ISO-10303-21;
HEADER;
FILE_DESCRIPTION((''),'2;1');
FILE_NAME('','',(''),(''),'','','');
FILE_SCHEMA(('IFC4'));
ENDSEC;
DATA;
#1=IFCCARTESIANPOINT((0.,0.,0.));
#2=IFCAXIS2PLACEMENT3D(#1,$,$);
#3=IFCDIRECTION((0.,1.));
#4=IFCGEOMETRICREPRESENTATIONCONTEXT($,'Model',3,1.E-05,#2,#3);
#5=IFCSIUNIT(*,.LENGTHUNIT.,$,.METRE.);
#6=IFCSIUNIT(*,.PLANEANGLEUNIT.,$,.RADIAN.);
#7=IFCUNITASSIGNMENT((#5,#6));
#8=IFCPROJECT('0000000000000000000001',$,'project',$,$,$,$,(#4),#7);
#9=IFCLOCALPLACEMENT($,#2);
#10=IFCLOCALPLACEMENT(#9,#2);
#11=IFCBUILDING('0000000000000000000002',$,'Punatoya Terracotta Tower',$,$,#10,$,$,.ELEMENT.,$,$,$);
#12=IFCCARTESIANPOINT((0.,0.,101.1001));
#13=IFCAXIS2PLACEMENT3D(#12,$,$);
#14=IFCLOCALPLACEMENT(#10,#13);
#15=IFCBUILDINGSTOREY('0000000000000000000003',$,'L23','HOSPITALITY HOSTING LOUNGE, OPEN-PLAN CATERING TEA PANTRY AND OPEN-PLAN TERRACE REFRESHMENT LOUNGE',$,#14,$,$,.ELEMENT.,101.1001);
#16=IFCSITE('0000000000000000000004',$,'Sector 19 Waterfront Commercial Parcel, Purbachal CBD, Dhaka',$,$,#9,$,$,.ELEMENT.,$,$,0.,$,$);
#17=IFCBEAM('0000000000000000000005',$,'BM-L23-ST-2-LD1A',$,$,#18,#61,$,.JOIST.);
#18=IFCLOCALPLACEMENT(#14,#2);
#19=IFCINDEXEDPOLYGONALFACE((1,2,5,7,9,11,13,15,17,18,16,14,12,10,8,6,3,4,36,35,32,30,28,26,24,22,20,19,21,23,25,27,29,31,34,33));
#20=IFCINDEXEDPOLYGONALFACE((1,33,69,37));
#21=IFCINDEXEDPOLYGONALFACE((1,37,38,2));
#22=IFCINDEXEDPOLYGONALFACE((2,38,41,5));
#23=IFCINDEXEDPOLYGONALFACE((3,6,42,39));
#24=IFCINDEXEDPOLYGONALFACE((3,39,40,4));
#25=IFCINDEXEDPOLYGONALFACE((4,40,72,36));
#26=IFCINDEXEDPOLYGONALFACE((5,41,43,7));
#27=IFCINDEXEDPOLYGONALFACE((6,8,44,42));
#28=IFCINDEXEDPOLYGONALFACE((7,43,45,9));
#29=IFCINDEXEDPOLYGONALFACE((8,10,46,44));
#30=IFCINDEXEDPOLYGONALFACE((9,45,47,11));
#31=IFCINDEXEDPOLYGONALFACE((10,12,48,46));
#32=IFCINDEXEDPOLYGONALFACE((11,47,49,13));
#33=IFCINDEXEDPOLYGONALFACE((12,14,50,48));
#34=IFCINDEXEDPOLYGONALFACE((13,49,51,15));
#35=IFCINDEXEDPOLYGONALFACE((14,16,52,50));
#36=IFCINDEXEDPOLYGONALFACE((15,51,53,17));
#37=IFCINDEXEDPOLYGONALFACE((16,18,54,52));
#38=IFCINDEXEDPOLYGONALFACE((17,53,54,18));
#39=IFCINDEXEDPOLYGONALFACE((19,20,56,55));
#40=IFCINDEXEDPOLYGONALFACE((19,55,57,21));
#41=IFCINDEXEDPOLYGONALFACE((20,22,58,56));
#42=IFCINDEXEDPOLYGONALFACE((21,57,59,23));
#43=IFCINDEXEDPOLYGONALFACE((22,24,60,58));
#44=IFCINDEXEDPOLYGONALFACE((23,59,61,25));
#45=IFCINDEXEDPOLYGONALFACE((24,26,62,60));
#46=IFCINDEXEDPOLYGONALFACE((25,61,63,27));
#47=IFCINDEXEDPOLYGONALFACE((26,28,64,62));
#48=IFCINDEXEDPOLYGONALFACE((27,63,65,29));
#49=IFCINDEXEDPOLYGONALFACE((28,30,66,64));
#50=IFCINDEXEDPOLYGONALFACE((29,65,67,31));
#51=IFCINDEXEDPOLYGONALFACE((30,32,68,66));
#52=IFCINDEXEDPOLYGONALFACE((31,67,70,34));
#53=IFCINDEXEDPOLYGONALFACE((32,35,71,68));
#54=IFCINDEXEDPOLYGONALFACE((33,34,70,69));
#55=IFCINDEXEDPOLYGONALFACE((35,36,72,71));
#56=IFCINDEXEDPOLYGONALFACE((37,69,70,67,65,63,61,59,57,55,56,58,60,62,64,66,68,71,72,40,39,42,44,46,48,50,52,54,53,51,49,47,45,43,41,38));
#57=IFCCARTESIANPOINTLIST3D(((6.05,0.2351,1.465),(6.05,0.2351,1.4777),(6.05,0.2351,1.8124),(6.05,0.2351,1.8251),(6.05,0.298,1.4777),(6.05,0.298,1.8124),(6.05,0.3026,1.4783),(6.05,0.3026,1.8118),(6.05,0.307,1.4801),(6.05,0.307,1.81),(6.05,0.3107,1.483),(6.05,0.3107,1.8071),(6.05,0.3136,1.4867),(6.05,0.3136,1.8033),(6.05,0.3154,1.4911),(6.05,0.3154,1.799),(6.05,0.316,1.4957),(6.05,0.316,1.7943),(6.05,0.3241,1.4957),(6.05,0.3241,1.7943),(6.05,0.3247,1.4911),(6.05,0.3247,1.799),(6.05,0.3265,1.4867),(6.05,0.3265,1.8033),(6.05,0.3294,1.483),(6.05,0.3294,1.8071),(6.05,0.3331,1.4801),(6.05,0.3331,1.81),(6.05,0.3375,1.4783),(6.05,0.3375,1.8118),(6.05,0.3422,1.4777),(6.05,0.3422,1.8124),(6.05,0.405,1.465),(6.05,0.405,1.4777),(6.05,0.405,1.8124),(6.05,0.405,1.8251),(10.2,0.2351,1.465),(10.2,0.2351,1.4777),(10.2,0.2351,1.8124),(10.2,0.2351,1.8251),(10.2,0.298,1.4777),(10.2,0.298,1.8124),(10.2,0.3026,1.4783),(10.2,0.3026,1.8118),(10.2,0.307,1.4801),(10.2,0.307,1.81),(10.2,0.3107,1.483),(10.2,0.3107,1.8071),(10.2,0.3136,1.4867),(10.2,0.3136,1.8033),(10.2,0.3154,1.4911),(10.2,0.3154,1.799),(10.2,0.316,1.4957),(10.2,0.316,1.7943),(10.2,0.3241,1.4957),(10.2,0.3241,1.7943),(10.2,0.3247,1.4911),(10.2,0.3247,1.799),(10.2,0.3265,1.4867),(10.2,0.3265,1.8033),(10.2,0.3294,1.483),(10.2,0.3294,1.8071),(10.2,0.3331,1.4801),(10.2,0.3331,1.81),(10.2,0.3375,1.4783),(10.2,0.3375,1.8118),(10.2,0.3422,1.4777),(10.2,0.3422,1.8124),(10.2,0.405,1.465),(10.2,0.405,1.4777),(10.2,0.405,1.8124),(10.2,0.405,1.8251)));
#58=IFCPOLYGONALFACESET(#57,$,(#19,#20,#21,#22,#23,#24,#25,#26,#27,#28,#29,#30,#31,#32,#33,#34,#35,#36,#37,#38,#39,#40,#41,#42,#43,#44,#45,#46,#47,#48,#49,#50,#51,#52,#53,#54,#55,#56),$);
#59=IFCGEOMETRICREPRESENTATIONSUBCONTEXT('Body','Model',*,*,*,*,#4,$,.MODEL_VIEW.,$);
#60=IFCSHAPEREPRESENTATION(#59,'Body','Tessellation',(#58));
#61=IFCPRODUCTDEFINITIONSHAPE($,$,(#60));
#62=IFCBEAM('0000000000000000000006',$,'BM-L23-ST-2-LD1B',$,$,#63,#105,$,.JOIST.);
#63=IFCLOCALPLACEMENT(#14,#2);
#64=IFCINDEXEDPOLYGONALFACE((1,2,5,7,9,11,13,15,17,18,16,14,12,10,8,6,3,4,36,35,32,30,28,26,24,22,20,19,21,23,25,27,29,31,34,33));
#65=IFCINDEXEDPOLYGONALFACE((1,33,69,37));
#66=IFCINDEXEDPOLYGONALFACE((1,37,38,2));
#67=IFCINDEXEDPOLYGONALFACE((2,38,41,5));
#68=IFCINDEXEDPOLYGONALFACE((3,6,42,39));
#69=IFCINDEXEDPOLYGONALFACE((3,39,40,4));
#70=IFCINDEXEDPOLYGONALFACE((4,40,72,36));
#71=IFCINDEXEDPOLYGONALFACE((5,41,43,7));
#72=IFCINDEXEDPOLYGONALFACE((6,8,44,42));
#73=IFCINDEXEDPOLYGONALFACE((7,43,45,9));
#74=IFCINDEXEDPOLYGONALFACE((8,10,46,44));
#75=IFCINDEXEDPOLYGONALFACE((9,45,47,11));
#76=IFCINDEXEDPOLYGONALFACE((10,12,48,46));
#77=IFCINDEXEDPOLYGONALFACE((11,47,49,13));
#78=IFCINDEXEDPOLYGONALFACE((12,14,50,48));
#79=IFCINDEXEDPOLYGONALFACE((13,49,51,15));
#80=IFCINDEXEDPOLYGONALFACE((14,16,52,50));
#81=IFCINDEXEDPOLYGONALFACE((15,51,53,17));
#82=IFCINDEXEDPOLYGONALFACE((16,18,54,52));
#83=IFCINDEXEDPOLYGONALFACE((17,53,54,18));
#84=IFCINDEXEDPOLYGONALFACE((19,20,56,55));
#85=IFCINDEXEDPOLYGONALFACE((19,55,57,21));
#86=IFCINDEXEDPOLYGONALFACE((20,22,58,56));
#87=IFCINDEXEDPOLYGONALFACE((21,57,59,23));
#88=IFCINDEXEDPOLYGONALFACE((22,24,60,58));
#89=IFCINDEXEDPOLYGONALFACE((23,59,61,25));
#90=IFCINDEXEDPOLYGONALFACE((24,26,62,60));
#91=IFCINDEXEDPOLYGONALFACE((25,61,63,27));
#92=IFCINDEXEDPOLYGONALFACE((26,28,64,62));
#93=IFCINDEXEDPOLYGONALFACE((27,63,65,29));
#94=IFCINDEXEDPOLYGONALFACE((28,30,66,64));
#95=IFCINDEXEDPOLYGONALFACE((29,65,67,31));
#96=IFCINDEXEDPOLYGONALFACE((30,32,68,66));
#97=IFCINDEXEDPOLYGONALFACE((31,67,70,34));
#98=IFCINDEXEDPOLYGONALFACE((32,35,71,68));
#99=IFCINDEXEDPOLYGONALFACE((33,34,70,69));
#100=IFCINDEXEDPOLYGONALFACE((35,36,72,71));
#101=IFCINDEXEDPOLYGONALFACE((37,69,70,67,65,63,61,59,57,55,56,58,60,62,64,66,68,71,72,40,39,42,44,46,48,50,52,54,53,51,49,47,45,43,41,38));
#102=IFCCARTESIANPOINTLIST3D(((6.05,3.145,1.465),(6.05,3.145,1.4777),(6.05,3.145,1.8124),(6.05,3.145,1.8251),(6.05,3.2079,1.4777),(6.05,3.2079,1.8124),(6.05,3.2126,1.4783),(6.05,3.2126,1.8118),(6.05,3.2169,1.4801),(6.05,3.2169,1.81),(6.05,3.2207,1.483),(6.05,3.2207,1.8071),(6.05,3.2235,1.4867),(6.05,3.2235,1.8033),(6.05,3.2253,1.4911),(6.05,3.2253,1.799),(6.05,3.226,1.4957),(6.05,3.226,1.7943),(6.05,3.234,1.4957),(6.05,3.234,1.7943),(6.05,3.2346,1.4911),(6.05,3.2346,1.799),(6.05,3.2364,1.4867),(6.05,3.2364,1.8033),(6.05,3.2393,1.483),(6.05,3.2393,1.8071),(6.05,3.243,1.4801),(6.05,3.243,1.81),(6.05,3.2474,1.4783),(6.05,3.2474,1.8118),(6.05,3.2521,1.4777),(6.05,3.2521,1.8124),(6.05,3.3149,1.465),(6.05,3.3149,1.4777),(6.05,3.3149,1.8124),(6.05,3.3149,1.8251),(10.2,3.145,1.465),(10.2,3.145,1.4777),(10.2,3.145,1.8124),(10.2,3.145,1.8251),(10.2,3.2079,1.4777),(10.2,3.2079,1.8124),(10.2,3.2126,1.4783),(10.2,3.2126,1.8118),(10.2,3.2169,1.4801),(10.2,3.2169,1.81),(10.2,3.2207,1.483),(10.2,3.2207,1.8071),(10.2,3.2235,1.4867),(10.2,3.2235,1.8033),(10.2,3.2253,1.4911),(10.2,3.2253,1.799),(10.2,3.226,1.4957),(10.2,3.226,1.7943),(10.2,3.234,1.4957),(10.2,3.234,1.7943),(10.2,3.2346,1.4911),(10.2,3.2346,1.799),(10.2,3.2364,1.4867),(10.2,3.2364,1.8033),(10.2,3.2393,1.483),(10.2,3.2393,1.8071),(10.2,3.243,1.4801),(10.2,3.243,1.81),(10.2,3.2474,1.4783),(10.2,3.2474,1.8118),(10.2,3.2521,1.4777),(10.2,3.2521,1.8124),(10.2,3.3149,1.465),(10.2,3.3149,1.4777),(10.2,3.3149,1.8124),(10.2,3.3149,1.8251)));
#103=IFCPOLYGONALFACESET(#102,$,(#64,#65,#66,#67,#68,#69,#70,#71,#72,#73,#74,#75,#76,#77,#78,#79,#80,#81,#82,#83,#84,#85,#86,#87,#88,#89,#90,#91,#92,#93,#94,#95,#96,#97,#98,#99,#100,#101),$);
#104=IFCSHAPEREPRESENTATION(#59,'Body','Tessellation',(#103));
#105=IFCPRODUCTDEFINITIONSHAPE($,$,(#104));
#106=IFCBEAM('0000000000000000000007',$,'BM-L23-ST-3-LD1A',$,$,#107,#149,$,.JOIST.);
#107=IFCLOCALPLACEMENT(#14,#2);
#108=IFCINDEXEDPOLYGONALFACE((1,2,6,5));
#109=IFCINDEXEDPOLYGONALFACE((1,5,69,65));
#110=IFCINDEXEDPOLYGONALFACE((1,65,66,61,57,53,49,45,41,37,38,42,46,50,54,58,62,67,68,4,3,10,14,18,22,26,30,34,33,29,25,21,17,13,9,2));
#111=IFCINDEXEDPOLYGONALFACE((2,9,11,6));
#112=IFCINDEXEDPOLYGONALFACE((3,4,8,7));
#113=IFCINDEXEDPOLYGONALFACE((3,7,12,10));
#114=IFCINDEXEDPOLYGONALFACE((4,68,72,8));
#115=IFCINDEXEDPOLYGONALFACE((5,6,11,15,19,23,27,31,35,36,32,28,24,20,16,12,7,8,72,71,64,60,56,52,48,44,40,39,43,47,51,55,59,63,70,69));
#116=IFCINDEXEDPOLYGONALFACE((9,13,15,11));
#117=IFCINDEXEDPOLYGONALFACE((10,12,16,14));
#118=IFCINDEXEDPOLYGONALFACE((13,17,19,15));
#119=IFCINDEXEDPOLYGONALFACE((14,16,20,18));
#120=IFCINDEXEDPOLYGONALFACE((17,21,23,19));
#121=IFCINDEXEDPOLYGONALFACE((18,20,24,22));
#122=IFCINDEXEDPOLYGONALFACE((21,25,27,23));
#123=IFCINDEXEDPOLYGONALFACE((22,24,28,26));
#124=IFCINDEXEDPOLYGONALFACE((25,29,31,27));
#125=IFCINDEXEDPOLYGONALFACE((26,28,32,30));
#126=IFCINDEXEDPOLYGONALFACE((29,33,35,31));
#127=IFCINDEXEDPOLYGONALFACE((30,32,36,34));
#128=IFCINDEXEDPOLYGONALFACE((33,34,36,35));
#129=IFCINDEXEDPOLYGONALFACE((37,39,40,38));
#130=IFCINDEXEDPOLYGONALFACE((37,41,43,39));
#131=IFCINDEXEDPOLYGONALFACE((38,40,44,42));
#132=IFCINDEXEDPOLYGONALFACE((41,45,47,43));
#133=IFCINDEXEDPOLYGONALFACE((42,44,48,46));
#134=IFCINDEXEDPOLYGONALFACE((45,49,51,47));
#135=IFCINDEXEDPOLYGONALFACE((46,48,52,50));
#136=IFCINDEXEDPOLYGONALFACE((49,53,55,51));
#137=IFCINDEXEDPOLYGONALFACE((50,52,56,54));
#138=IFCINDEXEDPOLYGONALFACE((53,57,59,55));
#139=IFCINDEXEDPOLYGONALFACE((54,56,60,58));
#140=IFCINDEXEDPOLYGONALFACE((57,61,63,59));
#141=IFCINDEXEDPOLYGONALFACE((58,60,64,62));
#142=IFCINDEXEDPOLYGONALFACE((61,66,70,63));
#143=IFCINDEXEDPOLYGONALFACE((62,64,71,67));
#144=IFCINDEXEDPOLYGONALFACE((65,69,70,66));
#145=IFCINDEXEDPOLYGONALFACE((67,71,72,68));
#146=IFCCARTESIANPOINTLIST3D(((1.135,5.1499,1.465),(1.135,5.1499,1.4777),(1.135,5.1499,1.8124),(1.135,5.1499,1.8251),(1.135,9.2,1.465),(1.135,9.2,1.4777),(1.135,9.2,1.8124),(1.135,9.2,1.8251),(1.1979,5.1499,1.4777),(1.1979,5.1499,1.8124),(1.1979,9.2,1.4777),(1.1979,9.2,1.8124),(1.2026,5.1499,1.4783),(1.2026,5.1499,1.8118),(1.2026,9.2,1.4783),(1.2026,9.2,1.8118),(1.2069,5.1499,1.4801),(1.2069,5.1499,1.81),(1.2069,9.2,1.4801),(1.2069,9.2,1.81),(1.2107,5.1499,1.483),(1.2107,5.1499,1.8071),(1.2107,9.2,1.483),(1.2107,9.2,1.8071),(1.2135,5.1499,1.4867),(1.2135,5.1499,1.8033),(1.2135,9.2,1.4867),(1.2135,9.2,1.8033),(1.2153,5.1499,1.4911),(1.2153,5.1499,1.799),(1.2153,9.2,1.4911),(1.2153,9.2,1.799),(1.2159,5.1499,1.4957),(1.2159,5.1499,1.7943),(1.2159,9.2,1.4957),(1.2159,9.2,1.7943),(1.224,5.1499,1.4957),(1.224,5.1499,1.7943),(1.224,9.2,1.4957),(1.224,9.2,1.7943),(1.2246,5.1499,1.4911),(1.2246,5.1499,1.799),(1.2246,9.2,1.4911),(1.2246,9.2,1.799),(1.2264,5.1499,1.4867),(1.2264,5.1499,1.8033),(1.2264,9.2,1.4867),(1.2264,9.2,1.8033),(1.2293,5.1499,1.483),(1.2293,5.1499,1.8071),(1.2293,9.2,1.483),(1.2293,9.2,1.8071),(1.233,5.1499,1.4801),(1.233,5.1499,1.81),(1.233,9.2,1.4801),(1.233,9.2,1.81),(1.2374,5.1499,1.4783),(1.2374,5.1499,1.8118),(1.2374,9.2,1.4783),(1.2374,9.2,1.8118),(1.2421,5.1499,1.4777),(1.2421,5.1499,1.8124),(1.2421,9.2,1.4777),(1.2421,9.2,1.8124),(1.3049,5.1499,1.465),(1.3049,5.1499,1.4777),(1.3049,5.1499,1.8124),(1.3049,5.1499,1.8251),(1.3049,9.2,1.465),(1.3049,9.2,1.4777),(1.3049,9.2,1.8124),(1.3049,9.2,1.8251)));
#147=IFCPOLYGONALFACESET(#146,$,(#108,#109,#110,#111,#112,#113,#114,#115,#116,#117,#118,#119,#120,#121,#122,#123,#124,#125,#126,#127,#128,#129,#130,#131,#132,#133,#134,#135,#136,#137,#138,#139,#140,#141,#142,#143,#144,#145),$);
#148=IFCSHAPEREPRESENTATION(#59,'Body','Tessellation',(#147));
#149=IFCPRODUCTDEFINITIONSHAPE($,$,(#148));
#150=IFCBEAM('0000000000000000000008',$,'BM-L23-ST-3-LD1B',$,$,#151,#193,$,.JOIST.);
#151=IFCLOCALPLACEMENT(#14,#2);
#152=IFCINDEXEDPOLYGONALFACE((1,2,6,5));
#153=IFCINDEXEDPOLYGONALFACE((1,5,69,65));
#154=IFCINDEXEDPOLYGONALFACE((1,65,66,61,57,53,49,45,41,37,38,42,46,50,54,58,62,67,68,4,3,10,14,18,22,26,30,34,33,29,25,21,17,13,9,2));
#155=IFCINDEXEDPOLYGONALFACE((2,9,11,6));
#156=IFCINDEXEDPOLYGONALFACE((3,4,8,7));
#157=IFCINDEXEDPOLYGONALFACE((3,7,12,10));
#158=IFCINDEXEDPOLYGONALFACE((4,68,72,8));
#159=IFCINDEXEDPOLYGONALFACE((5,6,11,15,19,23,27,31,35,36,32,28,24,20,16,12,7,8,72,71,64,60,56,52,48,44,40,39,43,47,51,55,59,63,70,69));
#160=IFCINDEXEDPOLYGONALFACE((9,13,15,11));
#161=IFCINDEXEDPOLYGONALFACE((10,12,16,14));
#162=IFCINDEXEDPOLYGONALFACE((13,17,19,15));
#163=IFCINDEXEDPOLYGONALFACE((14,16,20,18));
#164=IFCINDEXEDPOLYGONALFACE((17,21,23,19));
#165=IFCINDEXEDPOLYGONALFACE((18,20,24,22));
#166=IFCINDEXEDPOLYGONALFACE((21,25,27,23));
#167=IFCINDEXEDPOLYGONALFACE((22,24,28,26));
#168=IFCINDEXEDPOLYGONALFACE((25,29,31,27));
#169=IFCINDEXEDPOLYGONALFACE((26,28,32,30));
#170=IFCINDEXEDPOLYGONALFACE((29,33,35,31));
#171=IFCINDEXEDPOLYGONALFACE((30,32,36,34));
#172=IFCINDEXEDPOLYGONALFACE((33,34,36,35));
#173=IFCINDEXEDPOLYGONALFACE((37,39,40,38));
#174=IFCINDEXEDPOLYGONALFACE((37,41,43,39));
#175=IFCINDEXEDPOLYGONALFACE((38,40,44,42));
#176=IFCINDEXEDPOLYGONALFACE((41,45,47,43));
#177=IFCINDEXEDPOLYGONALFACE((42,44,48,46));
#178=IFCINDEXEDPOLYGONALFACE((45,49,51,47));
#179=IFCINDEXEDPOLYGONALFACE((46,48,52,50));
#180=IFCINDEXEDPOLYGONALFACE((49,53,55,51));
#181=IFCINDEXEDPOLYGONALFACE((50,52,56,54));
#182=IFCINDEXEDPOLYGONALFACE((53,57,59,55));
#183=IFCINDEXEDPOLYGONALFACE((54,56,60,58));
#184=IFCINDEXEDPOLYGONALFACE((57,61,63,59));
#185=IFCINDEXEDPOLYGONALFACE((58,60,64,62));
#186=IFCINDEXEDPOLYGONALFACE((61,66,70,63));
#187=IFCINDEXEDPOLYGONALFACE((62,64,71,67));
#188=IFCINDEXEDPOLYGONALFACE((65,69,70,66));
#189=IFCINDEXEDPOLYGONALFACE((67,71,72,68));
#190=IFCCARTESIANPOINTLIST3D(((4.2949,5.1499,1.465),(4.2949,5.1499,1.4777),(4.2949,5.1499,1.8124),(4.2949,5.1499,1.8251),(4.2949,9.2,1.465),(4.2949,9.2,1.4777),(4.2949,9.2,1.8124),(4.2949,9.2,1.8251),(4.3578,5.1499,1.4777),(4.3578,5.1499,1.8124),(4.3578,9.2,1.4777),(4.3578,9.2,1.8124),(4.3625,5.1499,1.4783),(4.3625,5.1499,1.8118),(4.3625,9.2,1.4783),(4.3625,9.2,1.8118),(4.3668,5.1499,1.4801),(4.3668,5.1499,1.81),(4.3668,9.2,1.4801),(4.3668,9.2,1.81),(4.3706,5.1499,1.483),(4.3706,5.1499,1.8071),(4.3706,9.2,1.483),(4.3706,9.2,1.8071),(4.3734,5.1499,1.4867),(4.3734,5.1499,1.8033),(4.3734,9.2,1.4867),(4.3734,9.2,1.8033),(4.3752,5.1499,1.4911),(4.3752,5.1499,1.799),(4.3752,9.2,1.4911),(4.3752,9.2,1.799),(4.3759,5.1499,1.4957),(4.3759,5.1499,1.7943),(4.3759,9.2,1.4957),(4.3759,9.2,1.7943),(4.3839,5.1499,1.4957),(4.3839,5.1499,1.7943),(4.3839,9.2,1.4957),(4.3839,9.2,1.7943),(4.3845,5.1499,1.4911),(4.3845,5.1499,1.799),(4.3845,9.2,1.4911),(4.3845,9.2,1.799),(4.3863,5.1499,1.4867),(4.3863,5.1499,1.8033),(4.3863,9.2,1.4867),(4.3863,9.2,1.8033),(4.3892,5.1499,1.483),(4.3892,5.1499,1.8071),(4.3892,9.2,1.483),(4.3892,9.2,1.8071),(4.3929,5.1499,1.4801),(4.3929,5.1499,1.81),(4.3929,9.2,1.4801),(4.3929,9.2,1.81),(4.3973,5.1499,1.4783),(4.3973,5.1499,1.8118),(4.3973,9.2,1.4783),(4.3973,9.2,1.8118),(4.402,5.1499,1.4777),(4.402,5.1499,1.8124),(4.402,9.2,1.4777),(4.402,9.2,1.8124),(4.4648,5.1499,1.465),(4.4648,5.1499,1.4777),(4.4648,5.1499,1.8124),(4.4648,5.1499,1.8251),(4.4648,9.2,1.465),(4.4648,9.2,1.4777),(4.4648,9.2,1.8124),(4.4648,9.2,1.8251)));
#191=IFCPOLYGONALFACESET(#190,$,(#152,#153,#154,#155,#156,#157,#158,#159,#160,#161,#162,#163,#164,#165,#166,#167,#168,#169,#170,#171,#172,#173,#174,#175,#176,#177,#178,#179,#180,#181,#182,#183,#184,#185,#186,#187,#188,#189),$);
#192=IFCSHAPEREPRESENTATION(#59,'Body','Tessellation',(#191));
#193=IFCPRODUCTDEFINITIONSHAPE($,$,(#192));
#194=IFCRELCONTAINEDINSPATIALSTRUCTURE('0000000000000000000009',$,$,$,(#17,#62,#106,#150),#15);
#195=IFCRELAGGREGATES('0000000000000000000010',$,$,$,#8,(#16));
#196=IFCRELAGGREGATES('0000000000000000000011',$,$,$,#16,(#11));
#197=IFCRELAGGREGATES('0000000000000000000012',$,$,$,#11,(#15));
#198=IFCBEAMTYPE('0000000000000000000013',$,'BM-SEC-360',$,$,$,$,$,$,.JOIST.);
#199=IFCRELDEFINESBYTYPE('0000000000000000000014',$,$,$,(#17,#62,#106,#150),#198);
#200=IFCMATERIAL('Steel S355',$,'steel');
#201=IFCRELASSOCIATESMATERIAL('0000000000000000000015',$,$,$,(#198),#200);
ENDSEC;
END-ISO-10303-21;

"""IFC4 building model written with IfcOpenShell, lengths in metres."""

from ifc_helpers import new_model, si_unit, direction, frame, origin, origin_2d, place, context, subcontext, project, spatial, i_section, extrude, material, material_profile, profile_set, type_object, element, save


model = new_model("IFC4")

# Units and contexts
model_context = context("Model", 3, precision=1e-05, world=origin(), true_north=direction((0.0, 1.0)))
body_context = subcontext(model_context, "Body", "Model", "MODEL_VIEW")
ifc_project = project(units=[si_unit("LENGTHUNIT", "METRE"), si_unit("PLANEANGLEUNIT", "RADIAN")], contexts=[model_context])

# Site, building, storey
site_placement = place(None, origin())
site = spatial("IfcSite", under=ifc_project, at=site_placement, Name="Sector 19 Waterfront Commercial Parcel, Purbachal CBD, Dhaka", CompositionType="ELEMENT", RefElevation=0.0)
building_placement = place(site_placement, origin())
building = spatial("IfcBuilding", under=site, at=building_placement, Name="Punatoya Terracotta Tower", CompositionType="ELEMENT")
storey_placement = place(building_placement, frame((0.0, 0.0, 101.1001)))
storey = spatial("IfcBuildingStorey", under=building, at=storey_placement, Name="L23", Description="HOSPITALITY HOSTING LOUNGE, OPEN-PLAN CATERING TEA PANTRY AND OPEN-PLAN TERRACE REFRESHMENT LOUNGE", CompositionType="ELEMENT", Elevation=101.1001)

# Beams
ifc_material_1 = material(Name="Steel S355", Category="steel")
ifc_material_profile_1 = material_profile(ifc_material_1, i_section(OverallWidth=0.1699, OverallDepth=0.3601, WebThickness=0.0081, FlangeThickness=0.0127, FilletRadius=0.0181, at=origin_2d()))
ifc_profile_set_1 = profile_set([ifc_material_profile_1], Name="Steel S355")
beam_type_1 = type_object("IfcBeamType", Name="BM-SEC-360", PredefinedType="JOIST", material=ifc_profile_set_1)
for number, where, z_axis, x_axis, name in (
    (1, (6.05, 0.3201, 1.645), (1.0, 0.0, 0.0), (0.0, 1.0, 0.0), "BM-L23-ST-2-LD1A"),
    (2, (6.05, 3.23, 1.645), (1.0, 0.0, 0.0), (0.0, 1.0, 0.0), "BM-L23-ST-2-LD1B"),
):
    element("IfcBeam", number, at=place(storey_placement, frame(where, z_axis=z_axis, x_axis=x_axis)), inside=storey, type_object=beam_type_1, Name=name, PredefinedType="JOIST", context=body_context, shape_type="SweptSolid", body=[
        extrude(i_section(OverallWidth=0.1699, OverallDepth=0.3601, WebThickness=0.0081, FlangeThickness=0.0127, FilletRadius=0.0181, at=origin_2d()), origin(), (0.0, 0.0, 1.0), 4.1499),
    ])
for number, where, z_axis, x_axis, name in (
    (3, (1.22, 5.1499, 1.645), (0.0, 1.0, 0.0), (-1.0, 0.0, 0.0), "BM-L23-ST-3-LD1A"),
    (4, (4.3799, 5.1499, 1.645), (0.0, 1.0, 0.0), (-1.0, 0.0, 0.0), "BM-L23-ST-3-LD1B"),
):
    element("IfcBeam", number, at=place(storey_placement, frame(where, z_axis=z_axis, x_axis=x_axis)), inside=storey, type_object=beam_type_1, Name=name, PredefinedType="JOIST", context=body_context, shape_type="SweptSolid", body=[
        extrude(i_section(OverallWidth=0.1699, OverallDepth=0.3601, WebThickness=0.0081, FlangeThickness=0.0127, FilletRadius=0.0181, at=origin_2d()), origin(), (0.0, 0.0, 1.0), 4.05),
    ])

save(model, "model.ifc")
